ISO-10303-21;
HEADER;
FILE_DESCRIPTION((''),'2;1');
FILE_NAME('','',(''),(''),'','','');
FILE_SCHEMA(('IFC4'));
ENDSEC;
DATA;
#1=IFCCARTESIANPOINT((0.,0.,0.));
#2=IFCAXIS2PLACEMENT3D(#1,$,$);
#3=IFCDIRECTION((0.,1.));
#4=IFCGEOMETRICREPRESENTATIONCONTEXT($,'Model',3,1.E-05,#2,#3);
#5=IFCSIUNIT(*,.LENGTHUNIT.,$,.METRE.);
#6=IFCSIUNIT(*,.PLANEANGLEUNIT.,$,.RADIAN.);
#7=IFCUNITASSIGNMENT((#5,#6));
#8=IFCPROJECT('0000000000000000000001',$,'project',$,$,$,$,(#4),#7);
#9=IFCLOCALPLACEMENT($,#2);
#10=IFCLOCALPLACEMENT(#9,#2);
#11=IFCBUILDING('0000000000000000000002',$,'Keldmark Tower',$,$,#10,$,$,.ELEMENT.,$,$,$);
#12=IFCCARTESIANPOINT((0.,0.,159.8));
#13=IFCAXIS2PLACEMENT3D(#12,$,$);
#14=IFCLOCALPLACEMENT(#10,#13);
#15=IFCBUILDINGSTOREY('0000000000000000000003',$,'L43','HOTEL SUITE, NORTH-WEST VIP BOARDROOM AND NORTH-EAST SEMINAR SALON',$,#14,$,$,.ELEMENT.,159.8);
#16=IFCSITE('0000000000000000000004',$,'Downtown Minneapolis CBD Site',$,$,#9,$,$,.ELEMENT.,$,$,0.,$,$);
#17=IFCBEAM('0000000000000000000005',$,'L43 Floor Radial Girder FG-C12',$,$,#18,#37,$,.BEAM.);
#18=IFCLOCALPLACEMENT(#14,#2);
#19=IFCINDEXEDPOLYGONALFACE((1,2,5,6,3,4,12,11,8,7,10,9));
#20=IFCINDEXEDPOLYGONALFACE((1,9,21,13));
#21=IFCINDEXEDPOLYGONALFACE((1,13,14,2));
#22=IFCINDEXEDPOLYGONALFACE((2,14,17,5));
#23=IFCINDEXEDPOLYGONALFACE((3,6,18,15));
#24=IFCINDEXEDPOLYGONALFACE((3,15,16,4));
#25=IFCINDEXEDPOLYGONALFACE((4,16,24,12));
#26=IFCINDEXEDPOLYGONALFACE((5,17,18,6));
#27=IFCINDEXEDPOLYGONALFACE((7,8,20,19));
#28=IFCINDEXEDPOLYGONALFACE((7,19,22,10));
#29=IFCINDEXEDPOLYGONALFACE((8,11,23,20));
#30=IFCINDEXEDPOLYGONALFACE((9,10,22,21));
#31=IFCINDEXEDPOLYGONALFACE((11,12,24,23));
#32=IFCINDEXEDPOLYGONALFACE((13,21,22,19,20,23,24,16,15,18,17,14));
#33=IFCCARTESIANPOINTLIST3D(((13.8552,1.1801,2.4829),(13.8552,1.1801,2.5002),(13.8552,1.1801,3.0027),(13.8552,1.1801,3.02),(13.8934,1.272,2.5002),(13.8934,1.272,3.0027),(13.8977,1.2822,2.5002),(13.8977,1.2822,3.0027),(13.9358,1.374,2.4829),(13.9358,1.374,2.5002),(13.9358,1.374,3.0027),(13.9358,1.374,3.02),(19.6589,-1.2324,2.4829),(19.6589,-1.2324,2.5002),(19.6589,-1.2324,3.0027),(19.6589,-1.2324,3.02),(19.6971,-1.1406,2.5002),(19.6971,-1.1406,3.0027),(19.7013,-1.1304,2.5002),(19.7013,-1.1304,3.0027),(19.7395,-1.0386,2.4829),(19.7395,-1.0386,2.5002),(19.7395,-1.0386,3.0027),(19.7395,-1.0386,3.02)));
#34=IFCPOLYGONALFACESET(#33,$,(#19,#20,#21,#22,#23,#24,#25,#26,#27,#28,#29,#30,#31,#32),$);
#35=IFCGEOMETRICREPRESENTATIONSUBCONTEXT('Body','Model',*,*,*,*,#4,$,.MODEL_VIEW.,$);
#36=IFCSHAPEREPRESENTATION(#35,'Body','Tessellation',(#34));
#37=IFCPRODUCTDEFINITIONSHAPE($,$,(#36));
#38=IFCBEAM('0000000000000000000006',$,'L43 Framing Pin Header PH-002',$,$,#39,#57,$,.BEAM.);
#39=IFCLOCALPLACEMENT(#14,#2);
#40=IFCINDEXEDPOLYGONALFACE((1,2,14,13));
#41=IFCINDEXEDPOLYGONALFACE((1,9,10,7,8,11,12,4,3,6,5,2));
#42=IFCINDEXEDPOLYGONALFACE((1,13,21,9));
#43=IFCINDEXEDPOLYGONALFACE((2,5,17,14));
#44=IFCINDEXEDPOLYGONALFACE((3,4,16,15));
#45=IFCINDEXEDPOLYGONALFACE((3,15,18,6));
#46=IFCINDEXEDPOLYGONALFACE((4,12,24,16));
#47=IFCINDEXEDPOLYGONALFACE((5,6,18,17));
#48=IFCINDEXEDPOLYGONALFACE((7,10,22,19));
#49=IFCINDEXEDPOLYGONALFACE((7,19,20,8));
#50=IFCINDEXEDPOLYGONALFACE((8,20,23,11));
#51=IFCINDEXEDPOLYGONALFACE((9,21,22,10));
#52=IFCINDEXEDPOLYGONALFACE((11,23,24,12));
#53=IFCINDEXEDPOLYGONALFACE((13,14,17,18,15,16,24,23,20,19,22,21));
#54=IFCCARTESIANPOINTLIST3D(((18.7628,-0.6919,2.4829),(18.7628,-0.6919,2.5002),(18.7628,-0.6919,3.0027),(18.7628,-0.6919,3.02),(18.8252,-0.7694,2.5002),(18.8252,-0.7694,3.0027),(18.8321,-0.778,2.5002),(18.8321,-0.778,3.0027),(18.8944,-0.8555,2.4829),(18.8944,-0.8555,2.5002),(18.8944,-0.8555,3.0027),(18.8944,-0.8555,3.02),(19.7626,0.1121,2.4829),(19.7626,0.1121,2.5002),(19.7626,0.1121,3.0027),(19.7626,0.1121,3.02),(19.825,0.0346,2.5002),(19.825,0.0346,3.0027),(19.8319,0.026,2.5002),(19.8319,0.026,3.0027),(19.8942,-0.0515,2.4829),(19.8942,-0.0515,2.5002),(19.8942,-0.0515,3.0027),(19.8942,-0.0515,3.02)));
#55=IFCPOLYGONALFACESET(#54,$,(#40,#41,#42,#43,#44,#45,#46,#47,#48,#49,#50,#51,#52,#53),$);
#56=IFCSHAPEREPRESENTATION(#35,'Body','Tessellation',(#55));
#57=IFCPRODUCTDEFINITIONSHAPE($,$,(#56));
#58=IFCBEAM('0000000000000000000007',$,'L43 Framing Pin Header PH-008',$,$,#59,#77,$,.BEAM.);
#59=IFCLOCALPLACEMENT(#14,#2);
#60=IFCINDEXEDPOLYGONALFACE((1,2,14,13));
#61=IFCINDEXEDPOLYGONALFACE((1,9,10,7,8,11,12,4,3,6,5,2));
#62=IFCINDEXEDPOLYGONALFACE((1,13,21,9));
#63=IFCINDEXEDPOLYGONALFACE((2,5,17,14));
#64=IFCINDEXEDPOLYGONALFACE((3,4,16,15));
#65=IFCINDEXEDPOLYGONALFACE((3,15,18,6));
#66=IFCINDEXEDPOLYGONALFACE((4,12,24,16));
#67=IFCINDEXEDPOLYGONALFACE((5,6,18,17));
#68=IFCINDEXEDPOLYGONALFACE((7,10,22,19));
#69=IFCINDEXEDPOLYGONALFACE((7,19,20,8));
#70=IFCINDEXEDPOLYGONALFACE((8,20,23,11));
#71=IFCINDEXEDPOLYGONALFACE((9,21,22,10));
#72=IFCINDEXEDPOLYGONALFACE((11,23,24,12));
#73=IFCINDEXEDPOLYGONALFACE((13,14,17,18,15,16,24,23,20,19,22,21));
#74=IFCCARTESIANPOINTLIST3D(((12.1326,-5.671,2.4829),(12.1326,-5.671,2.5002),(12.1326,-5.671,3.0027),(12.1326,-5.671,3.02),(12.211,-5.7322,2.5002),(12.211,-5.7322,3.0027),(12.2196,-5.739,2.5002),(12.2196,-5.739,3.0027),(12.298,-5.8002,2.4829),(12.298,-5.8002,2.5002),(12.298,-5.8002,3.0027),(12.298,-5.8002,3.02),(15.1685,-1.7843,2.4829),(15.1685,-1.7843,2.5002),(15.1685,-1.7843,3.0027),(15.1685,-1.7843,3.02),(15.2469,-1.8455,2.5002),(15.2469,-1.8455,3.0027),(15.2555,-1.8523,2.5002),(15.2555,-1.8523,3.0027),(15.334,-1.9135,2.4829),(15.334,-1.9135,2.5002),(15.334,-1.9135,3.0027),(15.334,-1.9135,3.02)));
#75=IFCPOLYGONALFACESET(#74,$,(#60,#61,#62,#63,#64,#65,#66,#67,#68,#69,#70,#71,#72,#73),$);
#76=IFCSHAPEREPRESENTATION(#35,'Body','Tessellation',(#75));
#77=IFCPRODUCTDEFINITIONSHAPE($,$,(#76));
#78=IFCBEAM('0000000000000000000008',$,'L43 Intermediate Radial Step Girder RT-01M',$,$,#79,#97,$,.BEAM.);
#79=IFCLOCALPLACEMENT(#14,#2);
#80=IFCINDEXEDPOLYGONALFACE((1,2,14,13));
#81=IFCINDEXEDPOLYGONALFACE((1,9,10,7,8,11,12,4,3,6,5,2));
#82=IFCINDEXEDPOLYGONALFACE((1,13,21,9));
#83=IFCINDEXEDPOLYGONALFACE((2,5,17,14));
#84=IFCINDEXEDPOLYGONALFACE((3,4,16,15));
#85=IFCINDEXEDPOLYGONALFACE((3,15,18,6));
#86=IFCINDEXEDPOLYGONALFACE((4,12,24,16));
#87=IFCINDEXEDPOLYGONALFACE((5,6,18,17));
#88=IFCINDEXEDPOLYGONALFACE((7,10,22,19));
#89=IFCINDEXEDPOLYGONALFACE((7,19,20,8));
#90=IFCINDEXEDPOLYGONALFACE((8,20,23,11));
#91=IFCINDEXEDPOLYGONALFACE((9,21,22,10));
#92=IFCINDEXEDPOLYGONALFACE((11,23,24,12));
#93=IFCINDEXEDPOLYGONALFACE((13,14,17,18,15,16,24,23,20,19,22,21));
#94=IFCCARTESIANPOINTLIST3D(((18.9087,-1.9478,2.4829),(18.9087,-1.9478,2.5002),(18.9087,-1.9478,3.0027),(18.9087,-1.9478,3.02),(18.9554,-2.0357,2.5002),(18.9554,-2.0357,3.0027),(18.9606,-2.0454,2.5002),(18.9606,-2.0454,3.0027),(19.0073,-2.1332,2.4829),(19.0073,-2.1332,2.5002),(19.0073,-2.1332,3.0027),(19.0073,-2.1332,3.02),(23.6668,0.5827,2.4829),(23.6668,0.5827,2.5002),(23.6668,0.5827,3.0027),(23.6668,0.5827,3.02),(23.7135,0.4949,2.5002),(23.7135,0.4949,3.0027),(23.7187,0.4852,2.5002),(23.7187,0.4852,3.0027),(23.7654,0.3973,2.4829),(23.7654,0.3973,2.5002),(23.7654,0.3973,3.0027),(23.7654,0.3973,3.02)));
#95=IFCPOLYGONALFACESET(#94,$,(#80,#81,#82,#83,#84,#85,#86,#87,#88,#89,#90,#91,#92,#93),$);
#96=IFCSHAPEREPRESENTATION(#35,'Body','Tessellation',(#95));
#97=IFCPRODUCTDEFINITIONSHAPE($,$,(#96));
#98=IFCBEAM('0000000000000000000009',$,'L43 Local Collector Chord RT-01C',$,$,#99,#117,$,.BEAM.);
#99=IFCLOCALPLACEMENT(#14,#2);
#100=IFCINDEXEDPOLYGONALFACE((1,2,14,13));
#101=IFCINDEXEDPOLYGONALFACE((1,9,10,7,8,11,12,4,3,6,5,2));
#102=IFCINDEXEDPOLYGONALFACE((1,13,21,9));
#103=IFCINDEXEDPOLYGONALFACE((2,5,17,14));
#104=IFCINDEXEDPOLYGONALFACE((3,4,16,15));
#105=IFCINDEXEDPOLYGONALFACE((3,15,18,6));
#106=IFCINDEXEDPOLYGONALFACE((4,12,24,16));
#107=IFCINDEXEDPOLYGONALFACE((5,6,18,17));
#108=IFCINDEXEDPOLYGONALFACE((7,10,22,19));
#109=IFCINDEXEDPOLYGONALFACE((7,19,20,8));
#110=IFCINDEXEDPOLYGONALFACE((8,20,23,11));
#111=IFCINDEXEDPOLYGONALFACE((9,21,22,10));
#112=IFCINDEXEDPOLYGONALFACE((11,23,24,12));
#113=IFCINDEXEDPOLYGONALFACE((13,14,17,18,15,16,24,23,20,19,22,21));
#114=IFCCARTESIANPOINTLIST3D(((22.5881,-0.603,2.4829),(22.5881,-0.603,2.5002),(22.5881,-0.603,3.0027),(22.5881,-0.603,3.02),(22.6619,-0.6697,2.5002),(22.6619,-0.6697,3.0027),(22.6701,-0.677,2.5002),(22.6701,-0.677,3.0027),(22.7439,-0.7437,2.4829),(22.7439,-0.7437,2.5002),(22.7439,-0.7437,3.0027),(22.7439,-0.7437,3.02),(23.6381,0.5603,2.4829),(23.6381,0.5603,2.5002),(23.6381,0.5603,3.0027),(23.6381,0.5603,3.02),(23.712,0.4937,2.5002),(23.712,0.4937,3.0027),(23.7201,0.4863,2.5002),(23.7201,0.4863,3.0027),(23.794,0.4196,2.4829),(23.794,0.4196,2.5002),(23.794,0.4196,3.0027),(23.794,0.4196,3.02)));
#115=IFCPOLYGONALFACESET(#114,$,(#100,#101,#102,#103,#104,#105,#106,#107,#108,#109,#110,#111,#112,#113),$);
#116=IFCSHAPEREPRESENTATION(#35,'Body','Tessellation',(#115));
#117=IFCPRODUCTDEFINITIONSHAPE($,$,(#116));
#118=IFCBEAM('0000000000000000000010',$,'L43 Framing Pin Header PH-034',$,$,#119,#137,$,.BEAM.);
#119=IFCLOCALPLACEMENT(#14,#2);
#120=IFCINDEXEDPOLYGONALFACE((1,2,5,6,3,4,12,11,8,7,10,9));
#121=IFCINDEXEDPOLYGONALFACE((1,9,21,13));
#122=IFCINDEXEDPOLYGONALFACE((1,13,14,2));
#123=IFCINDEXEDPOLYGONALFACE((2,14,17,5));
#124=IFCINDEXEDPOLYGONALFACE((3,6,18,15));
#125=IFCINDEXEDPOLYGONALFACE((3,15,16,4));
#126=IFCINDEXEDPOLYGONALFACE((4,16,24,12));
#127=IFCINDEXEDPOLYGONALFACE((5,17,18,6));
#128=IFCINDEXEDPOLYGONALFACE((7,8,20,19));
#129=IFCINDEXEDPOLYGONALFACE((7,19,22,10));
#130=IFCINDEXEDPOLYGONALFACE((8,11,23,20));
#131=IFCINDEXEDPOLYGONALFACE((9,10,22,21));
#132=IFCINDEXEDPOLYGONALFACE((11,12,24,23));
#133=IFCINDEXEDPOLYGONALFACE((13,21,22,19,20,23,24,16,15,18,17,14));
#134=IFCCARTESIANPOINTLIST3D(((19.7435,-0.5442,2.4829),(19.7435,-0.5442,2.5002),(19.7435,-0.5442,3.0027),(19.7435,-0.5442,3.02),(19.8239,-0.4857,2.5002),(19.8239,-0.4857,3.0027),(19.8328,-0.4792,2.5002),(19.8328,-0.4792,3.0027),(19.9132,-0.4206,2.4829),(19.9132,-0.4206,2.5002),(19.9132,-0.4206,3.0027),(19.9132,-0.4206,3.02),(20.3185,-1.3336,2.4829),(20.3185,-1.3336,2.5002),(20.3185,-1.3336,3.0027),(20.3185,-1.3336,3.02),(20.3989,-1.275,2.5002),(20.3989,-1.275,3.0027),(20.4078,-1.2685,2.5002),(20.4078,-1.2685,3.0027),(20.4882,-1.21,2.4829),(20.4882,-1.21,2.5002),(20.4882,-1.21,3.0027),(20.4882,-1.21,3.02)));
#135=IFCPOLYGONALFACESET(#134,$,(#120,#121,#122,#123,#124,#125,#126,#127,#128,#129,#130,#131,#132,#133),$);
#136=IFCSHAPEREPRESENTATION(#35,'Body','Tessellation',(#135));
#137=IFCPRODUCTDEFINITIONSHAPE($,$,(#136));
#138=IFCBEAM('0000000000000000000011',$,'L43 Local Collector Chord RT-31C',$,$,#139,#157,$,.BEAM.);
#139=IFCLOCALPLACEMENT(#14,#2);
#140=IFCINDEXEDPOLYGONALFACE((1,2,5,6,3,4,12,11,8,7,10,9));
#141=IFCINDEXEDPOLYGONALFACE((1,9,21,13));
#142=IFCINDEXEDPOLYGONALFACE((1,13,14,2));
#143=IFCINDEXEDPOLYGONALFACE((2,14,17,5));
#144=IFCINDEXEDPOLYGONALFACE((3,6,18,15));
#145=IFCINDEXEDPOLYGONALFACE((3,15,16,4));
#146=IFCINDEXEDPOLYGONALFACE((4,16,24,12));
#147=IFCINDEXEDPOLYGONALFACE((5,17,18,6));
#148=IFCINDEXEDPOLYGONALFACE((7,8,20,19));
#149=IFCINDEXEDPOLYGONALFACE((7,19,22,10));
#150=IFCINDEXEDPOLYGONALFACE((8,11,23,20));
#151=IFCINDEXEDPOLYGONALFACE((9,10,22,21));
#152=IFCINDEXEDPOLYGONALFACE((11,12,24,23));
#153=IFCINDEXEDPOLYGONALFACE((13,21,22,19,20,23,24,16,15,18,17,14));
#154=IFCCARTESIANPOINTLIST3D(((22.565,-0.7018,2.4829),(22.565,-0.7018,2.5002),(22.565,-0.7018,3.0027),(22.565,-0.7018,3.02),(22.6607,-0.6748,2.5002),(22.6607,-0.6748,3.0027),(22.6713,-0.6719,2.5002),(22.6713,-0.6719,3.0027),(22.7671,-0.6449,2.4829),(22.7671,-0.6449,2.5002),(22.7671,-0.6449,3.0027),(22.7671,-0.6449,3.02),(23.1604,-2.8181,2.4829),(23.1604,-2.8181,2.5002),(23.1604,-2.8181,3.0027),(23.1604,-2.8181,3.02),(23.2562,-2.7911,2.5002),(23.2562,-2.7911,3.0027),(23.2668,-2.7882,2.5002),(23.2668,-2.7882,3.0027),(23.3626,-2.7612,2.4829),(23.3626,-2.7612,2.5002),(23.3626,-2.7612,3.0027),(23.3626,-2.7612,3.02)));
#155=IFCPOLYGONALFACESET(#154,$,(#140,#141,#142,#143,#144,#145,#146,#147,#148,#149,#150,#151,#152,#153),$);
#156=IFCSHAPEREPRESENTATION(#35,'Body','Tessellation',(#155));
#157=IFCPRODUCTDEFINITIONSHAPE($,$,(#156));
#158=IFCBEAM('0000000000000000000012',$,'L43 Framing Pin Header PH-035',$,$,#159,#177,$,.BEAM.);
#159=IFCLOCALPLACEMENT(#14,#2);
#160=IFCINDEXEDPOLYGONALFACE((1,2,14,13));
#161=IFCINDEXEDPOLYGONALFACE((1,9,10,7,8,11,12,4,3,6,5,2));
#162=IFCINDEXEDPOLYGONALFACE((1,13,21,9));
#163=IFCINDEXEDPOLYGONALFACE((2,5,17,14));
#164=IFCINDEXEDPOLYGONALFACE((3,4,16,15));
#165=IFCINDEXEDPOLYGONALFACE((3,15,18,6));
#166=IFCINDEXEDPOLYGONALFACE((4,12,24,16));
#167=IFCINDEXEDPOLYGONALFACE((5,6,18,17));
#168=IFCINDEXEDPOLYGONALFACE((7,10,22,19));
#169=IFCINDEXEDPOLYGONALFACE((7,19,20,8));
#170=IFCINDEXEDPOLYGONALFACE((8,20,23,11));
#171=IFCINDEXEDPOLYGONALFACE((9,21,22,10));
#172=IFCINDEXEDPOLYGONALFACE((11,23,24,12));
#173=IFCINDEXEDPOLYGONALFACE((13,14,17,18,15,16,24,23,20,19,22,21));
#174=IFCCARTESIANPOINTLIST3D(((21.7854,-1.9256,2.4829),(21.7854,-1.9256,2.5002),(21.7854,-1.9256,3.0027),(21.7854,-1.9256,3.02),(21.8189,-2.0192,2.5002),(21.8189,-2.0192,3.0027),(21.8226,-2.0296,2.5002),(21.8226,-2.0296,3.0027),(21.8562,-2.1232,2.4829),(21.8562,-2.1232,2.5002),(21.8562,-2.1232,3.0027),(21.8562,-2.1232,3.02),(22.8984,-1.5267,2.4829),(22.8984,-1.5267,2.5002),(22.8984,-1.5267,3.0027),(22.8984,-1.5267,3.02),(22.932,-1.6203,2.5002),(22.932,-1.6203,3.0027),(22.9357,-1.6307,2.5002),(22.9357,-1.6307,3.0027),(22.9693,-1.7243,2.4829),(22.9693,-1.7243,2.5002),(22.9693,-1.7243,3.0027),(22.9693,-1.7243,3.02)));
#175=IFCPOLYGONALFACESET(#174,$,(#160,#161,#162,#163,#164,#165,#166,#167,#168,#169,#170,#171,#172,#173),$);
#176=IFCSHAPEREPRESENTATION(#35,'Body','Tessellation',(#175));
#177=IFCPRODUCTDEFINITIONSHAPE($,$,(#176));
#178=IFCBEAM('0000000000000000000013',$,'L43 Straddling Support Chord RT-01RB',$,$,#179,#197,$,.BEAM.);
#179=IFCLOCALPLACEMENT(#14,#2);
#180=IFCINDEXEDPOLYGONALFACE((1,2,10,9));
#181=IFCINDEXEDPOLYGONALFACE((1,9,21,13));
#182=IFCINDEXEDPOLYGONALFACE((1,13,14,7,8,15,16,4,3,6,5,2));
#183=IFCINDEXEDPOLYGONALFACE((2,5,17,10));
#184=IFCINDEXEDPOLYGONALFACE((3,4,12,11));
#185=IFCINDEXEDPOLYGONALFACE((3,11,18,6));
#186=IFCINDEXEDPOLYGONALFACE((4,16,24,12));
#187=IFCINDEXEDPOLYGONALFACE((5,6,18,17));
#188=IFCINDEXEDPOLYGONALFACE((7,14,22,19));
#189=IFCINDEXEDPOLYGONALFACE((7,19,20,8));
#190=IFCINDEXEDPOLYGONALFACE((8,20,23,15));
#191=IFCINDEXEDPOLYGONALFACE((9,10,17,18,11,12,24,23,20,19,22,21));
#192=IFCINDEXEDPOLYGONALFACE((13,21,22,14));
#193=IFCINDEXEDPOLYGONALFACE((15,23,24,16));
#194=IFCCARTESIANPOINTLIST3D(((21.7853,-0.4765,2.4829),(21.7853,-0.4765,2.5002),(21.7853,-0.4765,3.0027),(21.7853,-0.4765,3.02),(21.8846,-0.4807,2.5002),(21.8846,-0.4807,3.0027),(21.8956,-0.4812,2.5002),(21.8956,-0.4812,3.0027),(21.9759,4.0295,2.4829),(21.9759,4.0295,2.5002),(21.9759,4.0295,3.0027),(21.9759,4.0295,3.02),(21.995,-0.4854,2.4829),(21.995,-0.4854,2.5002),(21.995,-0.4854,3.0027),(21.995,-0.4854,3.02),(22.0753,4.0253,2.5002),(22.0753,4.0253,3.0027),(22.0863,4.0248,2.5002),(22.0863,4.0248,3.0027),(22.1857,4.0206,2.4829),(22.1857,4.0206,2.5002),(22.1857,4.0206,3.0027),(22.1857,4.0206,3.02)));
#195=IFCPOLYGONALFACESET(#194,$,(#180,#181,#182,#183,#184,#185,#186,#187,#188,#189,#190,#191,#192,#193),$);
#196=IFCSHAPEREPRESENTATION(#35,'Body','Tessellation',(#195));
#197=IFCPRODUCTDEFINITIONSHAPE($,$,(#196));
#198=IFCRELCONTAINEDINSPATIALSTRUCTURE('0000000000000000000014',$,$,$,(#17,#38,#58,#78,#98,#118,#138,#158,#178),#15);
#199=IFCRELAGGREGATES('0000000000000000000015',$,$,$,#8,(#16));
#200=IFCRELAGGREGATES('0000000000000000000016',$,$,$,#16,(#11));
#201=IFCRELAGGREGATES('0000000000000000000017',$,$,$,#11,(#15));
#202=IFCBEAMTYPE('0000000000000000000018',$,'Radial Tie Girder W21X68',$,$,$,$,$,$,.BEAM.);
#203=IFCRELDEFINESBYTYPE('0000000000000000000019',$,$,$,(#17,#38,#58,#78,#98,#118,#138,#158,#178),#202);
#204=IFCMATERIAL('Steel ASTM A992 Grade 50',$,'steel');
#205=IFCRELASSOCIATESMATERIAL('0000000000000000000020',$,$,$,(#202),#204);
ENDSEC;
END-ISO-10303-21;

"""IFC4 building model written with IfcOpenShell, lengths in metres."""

from ifc_helpers import new_model, si_unit, direction, frame, origin, origin_2d, place, context, subcontext, project, spatial, i_section, extrude, material, material_profile, profile_set, type_object, element, save


model = new_model("IFC4")

# Units and contexts
model_context = context("Model", 3, precision=1e-05, world=origin(), true_north=direction((0.0, 1.0)))
body_context = subcontext(model_context, "Body", "Model", "MODEL_VIEW")
ifc_project = project(units=[si_unit("LENGTHUNIT", "METRE"), si_unit("PLANEANGLEUNIT", "RADIAN")], contexts=[model_context])

# Site, building, storey
site_placement = place(None, origin())
site = spatial("IfcSite", under=ifc_project, at=site_placement, Name="Downtown Minneapolis CBD Site", CompositionType="ELEMENT", RefElevation=0.0)
building_placement = place(site_placement, origin())
building = spatial("IfcBuilding", under=site, at=building_placement, Name="Keldmark Tower", CompositionType="ELEMENT")
storey_placement = place(building_placement, frame((0.0, 0.0, 159.8)))
storey = spatial("IfcBuildingStorey", under=building, at=storey_placement, Name="L43", Description="HOTEL SUITE, NORTH-WEST VIP BOARDROOM AND NORTH-EAST SEMINAR SALON", CompositionType="ELEMENT", Elevation=159.8)

# Beams
ifc_material_1 = material(Name="Steel ASTM A992 Grade 50", Category="steel")
ifc_material_profile_1 = material_profile(ifc_material_1, i_section(OverallWidth=0.21, OverallDepth=0.5371, WebThickness=0.011, FlangeThickness=0.0173, at=origin_2d()), Name="W21X68")
ifc_profile_set_1 = profile_set([ifc_material_profile_1], Name="Steel ASTM A992 Grade 50")
beam_type_1 = type_object("IfcBeamType", Name="Radial Tie Girder W21X68", PredefinedType="BEAM", material=ifc_profile_set_1)
beam_1_placement = place(storey_placement, frame((19.6992, -1.1355, 2.7515), z_axis=(-0.923394, 0.383854, 0.0), x_axis=(-0.383854, -0.923394, 0.0)))
element("IfcBeam", 1, at=beam_1_placement, inside=storey, type_object=beam_type_1, Name="L43 Floor Radial Girder FG-C12", PredefinedType="BEAM", context=body_context, shape_type="SweptSolid", body=[
    extrude(i_section(OverallWidth=0.21, OverallDepth=0.5371, WebThickness=0.011, FlangeThickness=0.0173, at=origin_2d()), origin(), (0.0, 0.0, 1.0), 6.2852),
])
beam_2_placement = place(storey_placement, frame((18.8286, -0.7737, 2.7515), z_axis=(0.779288, 0.626666, 0.0), x_axis=(-0.626666, 0.779288, 0.0)))
element("IfcBeam", 2, at=beam_2_placement, inside=storey, type_object=beam_type_1, Name="L43 Framing Pin Header PH-002", PredefinedType="BEAM", context=body_context, shape_type="SweptSolid", body=[
    extrude(i_section(OverallWidth=0.21, OverallDepth=0.5371, WebThickness=0.011, FlangeThickness=0.0173, at=origin_2d()), origin(), (0.0, 0.0, 1.0), 1.283),
])
beam_3_placement = place(storey_placement, frame((15.2512, -1.8489, 2.7515), z_axis=(-0.615567, -0.788084, 0.0), x_axis=(0.788084, -0.615567, 0.0)))
element("IfcBeam", 3, at=beam_3_placement, inside=storey, type_object=beam_type_1, Name="L43 Framing Pin Header PH-008", PredefinedType="BEAM", context=body_context, shape_type="SweptSolid", body=[
    extrude(i_section(OverallWidth=0.21, OverallDepth=0.5371, WebThickness=0.011, FlangeThickness=0.0173, at=origin_2d()), origin(), (0.0, 0.0, 1.0), 4.9319),
])
beam_4_placement = place(storey_placement, frame((18.958, -2.0405, 2.7515), z_axis=(0.8829, 0.46956, 0.0), x_axis=(-0.46956, 0.8829, 0.0)))
element("IfcBeam", 4, at=beam_4_placement, inside=storey, type_object=beam_type_1, Name="L43 Intermediate Radial Step Girder RT-01M", PredefinedType="BEAM", context=body_context, shape_type="SweptSolid", body=[
    extrude(i_section(OverallWidth=0.21, OverallDepth=0.5371, WebThickness=0.011, FlangeThickness=0.0173, at=origin_2d()), origin(), (0.0, 0.0, 1.0), 5.3892),
])
beam_5_placement = place(storey_placement, frame((22.666, -0.6733, 2.7515), z_axis=(0.67004, 0.742325, 0.0), x_axis=(-0.742325, 0.67004, 0.0)))
element("IfcBeam", 5, at=beam_5_placement, inside=storey, type_object=beam_type_1, Name="L43 Local Collector Chord RT-01C", PredefinedType="BEAM", context=body_context, shape_type="SweptSolid", body=[
    extrude(i_section(OverallWidth=0.21, OverallDepth=0.5371, WebThickness=0.011, FlangeThickness=0.0173, at=origin_2d()), origin(), (0.0, 0.0, 1.0), 1.5671),
])
beam_6_placement = place(storey_placement, frame((19.8284, -0.4824, 2.7515), z_axis=(0.588781, -0.808293, 0.0), x_axis=(0.808293, 0.588781, 0.0)))
element("IfcBeam", 6, at=beam_6_placement, inside=storey, type_object=beam_type_1, Name="L43 Framing Pin Header PH-034", PredefinedType="BEAM", context=body_context, shape_type="SweptSolid", body=[
    extrude(i_section(OverallWidth=0.21, OverallDepth=0.5371, WebThickness=0.011, FlangeThickness=0.0173, at=origin_2d()), origin(), (0.0, 0.0, 1.0), 0.9766),
])
beam_7_placement = place(storey_placement, frame((22.666, -0.6733, 2.7515), z_axis=(0.270861, -0.962618, 0.0), x_axis=(0.962618, 0.270861, 0.0)))
element("IfcBeam", 7, at=beam_7_placement, inside=storey, type_object=beam_type_1, Name="L43 Local Collector Chord RT-31C", PredefinedType="BEAM", context=body_context, shape_type="SweptSolid", body=[
    extrude(i_section(OverallWidth=0.21, OverallDepth=0.5371, WebThickness=0.011, FlangeThickness=0.0173, at=origin_2d()), origin(), (0.0, 0.0, 1.0), 2.1985),
])
beam_8_placement = place(storey_placement, frame((22.9338, -1.6255, 2.7515), z_axis=(-0.941363, -0.337396, 0.0), x_axis=(0.337396, -0.941363, 0.0)))
element("IfcBeam", 8, at=beam_8_placement, inside=storey, type_object=beam_type_1, Name="L43 Framing Pin Header PH-035", PredefinedType="BEAM", context=body_context, shape_type="SweptSolid", body=[
    extrude(i_section(OverallWidth=0.21, OverallDepth=0.5371, WebThickness=0.011, FlangeThickness=0.0173, at=origin_2d()), origin(), (0.0, 0.0, 1.0), 1.1824),
])
beam_9_placement = place(storey_placement, frame((21.8901, -0.481, 2.7515), z_axis=(0.042279, 0.999106, 0.0), x_axis=(-0.999106, 0.042279, 0.0)))
element("IfcBeam", 9, at=beam_9_placement, inside=storey, type_object=beam_type_1, Name="L43 Straddling Support Chord RT-01RB", PredefinedType="BEAM", context=body_context, shape_type="SweptSolid", body=[
    extrude(i_section(OverallWidth=0.21, OverallDepth=0.5371, WebThickness=0.011, FlangeThickness=0.0173, at=origin_2d()), origin(), (0.0, 0.0, 1.0), 4.51),
])

save(model, "model.ifc")
